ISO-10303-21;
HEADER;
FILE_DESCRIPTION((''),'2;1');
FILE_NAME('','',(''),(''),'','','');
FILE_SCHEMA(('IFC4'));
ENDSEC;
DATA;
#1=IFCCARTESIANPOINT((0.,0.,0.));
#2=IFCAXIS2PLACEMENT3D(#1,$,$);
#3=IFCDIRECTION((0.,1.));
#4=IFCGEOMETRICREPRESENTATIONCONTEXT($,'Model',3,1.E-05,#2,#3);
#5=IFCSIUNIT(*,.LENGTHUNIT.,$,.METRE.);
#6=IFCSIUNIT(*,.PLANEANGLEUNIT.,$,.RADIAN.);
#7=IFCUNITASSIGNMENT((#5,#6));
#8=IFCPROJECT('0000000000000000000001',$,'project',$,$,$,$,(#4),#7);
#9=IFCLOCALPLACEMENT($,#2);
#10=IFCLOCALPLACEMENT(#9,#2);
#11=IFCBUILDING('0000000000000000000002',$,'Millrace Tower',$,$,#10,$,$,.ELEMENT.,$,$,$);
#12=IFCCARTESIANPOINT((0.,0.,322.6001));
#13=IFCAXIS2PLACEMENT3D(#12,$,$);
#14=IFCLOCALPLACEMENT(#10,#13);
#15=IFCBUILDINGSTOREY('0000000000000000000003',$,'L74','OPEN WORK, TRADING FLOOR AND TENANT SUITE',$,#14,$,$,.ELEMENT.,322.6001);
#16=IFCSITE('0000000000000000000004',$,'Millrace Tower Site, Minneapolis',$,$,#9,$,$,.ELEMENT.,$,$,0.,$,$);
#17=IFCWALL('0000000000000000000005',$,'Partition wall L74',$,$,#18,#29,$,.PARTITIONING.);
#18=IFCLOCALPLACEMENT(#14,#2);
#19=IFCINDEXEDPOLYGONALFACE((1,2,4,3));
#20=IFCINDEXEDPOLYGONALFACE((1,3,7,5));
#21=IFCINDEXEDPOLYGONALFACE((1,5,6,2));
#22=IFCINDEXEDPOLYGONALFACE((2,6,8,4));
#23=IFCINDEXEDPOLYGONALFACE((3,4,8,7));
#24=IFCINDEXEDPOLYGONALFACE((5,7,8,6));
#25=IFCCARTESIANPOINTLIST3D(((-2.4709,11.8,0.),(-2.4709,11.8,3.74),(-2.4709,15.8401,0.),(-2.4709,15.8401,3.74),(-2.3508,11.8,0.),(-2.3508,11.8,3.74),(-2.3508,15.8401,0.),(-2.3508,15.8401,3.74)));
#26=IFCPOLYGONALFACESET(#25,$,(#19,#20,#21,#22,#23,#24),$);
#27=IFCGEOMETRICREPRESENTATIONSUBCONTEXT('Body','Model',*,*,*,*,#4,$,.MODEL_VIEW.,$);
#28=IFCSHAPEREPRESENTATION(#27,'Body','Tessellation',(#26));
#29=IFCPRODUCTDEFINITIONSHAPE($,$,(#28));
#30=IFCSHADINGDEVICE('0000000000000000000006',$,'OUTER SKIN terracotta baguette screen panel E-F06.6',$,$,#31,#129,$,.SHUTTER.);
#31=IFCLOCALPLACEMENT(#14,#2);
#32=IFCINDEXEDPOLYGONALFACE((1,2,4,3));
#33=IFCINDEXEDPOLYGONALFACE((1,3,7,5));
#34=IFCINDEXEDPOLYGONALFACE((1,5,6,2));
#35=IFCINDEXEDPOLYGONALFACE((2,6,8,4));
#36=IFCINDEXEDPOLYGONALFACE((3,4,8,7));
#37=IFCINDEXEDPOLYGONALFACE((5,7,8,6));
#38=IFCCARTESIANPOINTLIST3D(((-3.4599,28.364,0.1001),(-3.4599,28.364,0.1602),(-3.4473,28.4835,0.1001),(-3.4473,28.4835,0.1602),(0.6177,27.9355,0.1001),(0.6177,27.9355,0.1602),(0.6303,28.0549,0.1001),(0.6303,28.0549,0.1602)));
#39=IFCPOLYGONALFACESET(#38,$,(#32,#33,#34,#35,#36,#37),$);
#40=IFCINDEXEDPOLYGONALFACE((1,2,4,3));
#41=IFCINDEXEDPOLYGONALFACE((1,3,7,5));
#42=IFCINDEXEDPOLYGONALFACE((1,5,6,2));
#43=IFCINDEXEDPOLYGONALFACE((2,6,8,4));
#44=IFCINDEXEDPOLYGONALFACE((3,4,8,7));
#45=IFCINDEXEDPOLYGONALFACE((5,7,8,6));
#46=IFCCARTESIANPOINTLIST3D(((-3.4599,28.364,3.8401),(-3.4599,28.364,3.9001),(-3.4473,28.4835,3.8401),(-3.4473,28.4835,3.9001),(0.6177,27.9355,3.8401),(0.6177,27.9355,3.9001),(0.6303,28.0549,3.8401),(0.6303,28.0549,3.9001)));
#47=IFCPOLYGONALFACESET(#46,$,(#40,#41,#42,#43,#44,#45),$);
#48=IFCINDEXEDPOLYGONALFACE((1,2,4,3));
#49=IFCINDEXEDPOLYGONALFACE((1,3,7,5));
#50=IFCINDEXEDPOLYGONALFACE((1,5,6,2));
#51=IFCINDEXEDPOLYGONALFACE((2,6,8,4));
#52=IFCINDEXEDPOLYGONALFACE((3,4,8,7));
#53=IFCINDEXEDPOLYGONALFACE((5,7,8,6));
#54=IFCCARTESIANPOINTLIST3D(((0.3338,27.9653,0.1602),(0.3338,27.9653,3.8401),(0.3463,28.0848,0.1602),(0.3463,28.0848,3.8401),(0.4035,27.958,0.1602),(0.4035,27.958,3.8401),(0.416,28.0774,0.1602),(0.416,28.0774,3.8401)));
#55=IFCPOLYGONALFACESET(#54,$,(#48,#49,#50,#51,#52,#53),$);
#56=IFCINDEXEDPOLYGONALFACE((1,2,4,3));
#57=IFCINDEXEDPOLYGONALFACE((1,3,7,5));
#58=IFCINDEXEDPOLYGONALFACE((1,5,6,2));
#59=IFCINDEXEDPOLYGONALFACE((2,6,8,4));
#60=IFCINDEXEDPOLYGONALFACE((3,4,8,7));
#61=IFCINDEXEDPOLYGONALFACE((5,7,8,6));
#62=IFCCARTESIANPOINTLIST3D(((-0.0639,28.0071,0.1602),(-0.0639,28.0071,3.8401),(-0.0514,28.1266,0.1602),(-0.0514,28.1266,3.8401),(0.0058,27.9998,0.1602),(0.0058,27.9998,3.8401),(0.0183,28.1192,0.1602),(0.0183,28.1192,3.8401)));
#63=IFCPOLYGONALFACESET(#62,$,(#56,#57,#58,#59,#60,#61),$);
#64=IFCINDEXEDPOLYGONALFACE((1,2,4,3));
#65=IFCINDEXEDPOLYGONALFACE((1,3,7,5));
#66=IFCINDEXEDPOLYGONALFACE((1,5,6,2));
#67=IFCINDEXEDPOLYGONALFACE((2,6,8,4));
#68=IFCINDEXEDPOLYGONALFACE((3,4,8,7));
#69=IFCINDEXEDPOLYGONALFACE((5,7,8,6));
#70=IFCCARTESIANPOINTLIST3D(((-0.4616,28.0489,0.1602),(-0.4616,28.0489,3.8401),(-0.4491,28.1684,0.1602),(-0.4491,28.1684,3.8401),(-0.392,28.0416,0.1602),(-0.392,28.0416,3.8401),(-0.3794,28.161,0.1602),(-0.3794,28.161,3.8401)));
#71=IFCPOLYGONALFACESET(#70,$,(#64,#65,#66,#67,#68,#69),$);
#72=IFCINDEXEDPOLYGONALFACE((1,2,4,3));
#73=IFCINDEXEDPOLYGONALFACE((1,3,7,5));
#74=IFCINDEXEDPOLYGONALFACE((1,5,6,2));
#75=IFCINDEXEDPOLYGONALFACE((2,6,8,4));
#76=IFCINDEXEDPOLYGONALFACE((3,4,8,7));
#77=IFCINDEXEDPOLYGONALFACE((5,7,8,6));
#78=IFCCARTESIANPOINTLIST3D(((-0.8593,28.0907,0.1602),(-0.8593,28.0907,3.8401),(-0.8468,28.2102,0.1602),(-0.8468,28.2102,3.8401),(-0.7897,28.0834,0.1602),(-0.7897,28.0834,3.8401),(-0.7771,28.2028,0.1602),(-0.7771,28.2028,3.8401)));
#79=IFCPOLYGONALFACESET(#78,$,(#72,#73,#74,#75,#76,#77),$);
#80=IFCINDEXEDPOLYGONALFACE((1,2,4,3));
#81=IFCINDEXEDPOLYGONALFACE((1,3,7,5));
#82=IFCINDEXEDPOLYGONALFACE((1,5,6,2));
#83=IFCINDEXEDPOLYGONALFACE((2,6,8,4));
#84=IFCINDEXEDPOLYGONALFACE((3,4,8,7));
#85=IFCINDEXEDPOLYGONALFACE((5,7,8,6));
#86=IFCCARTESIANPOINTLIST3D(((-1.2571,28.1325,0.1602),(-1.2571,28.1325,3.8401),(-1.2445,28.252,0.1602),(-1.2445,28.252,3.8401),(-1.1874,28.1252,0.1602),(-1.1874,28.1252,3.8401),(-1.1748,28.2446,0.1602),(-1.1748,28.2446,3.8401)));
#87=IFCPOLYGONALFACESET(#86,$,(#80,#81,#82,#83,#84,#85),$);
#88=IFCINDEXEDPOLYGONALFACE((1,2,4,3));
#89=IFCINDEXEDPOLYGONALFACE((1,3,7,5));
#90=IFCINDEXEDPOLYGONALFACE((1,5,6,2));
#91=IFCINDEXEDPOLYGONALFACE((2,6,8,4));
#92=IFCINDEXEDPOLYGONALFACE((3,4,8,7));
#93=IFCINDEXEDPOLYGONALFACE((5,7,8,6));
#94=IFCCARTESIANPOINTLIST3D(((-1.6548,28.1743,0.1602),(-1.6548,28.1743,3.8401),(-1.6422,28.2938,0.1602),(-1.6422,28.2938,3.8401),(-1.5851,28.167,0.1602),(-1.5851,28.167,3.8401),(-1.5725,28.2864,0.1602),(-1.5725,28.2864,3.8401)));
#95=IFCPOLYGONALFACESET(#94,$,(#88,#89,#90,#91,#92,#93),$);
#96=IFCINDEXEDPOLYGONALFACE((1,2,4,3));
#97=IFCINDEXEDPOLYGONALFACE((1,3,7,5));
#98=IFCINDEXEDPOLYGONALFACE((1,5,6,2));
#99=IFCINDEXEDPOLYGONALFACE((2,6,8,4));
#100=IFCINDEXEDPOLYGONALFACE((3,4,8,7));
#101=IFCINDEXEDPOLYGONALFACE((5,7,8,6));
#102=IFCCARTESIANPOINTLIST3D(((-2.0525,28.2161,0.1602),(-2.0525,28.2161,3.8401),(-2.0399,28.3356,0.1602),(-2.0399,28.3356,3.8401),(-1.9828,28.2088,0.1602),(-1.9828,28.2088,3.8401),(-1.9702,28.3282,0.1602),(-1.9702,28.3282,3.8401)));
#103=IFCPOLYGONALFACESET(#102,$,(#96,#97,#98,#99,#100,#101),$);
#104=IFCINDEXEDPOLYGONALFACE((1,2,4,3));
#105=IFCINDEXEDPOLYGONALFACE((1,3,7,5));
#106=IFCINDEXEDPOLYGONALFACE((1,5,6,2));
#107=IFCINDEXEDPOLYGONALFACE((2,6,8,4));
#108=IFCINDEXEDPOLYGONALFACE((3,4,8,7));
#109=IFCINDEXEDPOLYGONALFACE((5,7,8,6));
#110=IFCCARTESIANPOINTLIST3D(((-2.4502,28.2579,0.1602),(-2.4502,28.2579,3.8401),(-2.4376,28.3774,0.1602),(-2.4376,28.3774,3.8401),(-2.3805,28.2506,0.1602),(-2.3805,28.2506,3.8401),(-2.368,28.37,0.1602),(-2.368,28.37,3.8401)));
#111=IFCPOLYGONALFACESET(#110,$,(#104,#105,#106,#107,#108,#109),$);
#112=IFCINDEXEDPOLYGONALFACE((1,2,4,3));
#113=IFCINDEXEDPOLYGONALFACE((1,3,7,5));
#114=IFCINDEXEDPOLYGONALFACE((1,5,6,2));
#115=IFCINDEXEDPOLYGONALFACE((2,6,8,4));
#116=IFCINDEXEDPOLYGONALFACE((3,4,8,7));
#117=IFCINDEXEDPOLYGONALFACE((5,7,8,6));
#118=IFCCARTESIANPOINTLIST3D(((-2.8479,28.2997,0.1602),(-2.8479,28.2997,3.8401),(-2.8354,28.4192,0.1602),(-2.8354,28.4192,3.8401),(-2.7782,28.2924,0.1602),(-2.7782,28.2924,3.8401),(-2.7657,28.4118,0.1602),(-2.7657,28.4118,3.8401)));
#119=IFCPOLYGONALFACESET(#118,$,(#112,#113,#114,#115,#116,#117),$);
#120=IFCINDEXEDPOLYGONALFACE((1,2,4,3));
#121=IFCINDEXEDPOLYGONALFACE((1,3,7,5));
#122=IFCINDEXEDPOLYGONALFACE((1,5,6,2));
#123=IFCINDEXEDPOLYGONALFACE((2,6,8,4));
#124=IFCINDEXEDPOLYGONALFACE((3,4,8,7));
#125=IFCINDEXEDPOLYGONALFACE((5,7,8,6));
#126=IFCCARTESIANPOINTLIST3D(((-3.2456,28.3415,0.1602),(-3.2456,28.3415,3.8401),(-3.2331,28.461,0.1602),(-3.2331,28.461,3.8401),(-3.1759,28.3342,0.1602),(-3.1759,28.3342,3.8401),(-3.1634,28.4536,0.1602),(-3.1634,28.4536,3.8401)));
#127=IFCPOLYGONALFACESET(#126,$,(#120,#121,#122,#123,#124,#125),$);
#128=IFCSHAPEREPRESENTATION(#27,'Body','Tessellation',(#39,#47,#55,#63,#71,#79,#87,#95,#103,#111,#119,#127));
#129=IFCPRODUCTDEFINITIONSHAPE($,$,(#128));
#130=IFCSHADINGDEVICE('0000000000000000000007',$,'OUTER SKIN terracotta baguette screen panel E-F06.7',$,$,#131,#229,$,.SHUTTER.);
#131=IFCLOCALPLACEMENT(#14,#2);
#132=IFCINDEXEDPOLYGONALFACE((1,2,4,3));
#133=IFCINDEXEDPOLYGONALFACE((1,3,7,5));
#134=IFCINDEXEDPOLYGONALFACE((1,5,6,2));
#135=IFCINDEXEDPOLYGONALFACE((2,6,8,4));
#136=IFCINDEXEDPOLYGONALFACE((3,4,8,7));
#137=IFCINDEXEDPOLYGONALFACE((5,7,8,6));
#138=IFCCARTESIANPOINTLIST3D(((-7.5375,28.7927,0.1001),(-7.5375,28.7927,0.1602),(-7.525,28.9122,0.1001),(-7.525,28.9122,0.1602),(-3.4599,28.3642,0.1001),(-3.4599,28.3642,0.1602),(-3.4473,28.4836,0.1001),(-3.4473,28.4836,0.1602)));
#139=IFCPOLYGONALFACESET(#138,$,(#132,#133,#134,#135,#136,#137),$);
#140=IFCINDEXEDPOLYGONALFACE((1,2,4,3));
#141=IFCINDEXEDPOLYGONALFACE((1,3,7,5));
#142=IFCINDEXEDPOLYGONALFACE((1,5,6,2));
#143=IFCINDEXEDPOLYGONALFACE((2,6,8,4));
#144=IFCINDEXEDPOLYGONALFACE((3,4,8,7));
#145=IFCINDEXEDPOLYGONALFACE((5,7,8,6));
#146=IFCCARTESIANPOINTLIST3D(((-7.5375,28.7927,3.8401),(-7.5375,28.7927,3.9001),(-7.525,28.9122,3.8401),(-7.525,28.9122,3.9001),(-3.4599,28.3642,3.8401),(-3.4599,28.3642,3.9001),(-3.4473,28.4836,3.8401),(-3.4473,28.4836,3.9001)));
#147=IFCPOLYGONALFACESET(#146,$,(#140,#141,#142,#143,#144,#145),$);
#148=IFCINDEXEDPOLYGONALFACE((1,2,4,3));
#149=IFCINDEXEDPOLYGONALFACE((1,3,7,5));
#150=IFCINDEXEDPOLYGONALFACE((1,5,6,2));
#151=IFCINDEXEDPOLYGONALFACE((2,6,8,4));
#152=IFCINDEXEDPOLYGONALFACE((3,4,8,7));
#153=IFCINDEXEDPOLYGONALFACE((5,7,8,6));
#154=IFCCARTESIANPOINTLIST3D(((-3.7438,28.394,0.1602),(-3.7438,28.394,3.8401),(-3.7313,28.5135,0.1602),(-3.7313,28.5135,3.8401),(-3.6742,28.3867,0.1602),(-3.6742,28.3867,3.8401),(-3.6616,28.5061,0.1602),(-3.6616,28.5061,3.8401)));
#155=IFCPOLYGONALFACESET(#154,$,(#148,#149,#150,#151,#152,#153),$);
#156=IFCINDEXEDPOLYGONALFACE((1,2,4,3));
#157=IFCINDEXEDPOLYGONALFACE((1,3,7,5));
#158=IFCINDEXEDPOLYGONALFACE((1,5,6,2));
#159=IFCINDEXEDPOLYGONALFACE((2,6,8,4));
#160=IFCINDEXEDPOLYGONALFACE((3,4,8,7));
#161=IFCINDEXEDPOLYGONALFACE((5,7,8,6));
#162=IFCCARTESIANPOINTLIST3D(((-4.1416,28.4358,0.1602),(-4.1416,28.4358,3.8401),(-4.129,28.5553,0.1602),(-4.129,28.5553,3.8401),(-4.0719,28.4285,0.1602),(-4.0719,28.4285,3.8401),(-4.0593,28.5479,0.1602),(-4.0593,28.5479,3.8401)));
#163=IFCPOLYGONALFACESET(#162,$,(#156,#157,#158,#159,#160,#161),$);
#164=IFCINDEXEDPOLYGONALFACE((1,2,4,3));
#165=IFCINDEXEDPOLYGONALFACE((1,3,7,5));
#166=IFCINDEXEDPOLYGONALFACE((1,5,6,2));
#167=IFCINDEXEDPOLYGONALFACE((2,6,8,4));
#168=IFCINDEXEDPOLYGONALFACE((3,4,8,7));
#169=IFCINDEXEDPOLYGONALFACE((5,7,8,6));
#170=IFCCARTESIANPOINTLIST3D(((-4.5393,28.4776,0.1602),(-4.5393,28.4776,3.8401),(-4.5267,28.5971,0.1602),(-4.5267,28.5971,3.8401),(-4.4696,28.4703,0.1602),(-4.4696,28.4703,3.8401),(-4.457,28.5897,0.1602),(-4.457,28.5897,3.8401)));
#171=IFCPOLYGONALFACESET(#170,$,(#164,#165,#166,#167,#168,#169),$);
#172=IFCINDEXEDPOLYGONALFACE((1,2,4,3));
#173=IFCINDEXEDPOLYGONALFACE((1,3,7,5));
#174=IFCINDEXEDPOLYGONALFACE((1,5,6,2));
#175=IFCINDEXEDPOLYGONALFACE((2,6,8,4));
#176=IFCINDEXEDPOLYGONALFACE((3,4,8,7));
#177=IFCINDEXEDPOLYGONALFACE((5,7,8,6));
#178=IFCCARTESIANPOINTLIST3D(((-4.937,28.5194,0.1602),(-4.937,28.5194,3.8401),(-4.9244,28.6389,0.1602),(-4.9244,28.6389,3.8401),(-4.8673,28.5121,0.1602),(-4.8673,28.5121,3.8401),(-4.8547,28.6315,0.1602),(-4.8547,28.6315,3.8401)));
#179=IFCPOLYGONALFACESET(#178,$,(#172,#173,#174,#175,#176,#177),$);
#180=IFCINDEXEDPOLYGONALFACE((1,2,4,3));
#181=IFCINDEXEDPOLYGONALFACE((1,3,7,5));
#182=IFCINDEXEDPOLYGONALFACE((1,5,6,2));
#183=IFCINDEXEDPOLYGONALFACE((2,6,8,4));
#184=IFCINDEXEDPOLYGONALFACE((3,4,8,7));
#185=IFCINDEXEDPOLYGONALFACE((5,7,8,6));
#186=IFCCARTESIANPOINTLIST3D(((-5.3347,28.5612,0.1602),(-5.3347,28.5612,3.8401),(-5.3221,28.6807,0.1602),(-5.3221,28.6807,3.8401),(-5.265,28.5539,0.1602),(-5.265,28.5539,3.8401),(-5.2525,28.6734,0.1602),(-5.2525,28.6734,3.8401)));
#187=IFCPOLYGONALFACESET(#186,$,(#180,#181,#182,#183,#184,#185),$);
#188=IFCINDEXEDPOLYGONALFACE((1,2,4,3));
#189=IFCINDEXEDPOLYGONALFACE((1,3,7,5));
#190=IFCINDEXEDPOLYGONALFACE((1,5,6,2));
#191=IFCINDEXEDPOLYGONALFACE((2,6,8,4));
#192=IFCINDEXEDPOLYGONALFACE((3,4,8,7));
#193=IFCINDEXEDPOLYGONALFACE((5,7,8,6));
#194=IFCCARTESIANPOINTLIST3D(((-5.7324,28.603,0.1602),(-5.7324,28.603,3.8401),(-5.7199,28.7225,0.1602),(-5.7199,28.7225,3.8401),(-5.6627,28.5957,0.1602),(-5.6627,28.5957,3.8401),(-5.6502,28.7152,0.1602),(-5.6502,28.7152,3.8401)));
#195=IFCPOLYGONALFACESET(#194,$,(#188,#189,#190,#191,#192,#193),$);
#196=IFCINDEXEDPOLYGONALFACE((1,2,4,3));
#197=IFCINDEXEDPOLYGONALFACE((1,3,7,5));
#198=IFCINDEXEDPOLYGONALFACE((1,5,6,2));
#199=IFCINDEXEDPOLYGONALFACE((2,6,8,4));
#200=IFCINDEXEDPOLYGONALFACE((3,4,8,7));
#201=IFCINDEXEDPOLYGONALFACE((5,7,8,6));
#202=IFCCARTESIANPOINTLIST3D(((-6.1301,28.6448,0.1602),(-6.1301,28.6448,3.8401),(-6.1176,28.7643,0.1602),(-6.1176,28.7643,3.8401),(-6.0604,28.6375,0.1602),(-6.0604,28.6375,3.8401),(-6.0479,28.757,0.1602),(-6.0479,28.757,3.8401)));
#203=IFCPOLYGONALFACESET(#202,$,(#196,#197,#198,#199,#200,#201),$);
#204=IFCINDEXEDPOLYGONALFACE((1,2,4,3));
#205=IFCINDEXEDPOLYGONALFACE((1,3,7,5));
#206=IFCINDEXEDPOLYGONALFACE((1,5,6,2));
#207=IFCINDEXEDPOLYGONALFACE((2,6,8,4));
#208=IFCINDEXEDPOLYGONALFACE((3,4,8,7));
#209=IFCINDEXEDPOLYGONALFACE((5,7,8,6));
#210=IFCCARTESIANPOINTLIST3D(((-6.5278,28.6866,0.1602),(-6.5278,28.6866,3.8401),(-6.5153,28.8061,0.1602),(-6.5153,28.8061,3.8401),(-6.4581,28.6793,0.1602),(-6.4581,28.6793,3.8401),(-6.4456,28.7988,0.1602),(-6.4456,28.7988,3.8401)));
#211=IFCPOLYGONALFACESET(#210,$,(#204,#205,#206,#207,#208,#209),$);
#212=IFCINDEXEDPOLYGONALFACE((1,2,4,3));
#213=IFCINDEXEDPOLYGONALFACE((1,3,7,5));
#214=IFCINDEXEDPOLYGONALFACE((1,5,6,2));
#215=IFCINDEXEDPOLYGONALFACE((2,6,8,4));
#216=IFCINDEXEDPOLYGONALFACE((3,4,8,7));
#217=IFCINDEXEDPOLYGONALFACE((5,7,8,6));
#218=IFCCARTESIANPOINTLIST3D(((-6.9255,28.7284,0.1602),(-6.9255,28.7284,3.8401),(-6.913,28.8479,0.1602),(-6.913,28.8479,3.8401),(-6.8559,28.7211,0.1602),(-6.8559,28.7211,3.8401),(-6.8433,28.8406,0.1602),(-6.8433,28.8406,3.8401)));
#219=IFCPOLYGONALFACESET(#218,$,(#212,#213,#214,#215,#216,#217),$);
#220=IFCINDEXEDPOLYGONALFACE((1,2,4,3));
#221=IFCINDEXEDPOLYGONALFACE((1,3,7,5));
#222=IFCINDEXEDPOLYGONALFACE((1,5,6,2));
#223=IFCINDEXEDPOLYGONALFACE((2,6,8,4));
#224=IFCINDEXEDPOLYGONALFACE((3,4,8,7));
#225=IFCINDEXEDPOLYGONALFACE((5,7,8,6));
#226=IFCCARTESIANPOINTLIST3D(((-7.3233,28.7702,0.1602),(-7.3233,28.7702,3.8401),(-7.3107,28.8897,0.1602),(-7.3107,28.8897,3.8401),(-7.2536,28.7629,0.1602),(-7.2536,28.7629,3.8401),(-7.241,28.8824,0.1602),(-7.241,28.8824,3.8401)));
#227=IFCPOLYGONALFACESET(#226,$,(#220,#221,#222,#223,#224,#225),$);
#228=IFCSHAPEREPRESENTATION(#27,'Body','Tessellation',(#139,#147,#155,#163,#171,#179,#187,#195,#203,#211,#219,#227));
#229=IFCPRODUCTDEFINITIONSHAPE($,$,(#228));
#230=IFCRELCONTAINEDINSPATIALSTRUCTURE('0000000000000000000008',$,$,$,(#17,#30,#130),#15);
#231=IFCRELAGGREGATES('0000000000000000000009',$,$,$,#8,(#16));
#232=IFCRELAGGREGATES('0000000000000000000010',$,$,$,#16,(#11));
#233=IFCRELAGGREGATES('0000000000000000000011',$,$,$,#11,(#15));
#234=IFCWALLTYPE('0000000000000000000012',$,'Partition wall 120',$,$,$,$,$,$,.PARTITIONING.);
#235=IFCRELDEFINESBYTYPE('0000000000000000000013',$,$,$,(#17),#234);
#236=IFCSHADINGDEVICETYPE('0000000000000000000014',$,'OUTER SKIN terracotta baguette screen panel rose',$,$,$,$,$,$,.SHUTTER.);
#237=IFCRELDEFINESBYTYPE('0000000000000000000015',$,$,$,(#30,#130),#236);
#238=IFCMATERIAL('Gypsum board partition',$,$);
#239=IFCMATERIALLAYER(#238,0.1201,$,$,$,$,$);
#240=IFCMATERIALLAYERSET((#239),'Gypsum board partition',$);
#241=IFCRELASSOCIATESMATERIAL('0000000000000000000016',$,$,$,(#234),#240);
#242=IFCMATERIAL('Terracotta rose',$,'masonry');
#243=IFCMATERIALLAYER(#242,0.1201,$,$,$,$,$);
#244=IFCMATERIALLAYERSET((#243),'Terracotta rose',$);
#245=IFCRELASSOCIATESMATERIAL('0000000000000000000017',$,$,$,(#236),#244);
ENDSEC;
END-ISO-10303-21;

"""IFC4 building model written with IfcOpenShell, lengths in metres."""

from ifc_helpers import new_model, entity, si_unit, direction, frame, frame_2d, origin, place, context, subcontext, project, spatial, rectangle, extrude, source, transform, mapped, material, layer, layer_set, type_object, element, save


model = new_model("IFC4")

# Units and contexts
model_context = context("Model", 3, precision=1e-05, world=origin(), true_north=direction((0.0, 1.0)))
body_context = subcontext(model_context, "Body", "Model", "MODEL_VIEW")
ifc_project = project(units=[si_unit("LENGTHUNIT", "METRE"), si_unit("PLANEANGLEUNIT", "RADIAN")], contexts=[model_context])

# Site, building, storey
site_placement = place(None, origin())
site = spatial("IfcSite", under=ifc_project, at=site_placement, Name="Millrace Tower Site, Minneapolis", CompositionType="ELEMENT", RefElevation=0.0)
building_placement = place(site_placement, origin())
building = spatial("IfcBuilding", under=site, at=building_placement, Name="Millrace Tower", CompositionType="ELEMENT")
storey_placement = place(building_placement, frame((0.0, 0.0, 322.6001)))
storey = spatial("IfcBuildingStorey", under=building, at=storey_placement, Name="L74", Description="OPEN WORK, TRADING FLOOR AND TENANT SUITE", CompositionType="ELEMENT", Elevation=322.6001)

# Wall
ifc_material_1 = material(Name="Gypsum board partition")
ifc_layer_1 = layer(ifc_material_1, 0.1201)
ifc_layer_set_1 = layer_set([ifc_layer_1], Name="Gypsum board partition")
wall_type_1 = type_object("IfcWallType", Name="Partition wall 120", PredefinedType="PARTITIONING", material=ifc_layer_set_1)
wall_1_placement = place(storey_placement, frame((-2.4109, 11.8, 0.0), z_axis=(0.0, 0.0, 1.0), x_axis=(0.0, 1.0, 0.0)))
element("IfcWall", 1, at=wall_1_placement, inside=storey, type_object=wall_type_1, Name="Partition wall L74", PredefinedType="PARTITIONING", context=body_context, shape_type="SweptSolid", body=[
    extrude(rectangle(XDim=4.04, YDim=0.1201, at=frame_2d((2.02, 0.0))), origin(), (0.0, 0.0, 1.0), 3.74),
])

# Shading devices
ifc_material_2 = material(Name="Terracotta rose", Category="masonry")
ifc_layer_2 = layer(ifc_material_2, 0.1201)
ifc_layer_set_2 = layer_set([ifc_layer_2], Name="Terracotta rose")
shading_device_type = type_object("IfcShadingDeviceType", Name="OUTER SKIN terracotta baguette screen panel rose", PredefinedType="SHUTTER", material=ifc_layer_set_2)
cartesian_point_1 = entity("IfcCartesianPoint", [-2.05, 0.0601])
shared_polyline_1 = entity("IfcPolyline", [cartesian_point_1, entity("IfcCartesianPoint", [2.05, 0.0601]), entity("IfcCartesianPoint", [2.05, -0.0601]), entity("IfcCartesianPoint", [-2.05, -0.0601]), cartesian_point_1])
shared_shape_1 = source(origin(), body_context, "Body", "SweptSolid", [
    entity("IfcExtrudedAreaSolid", entity("IfcArbitraryClosedProfileDef", "AREA", None, shared_polyline_1), entity("IfcAxis2Placement3D", entity("IfcCartesianPoint", [0.0, 0.0, 0.0])), entity("IfcDirection", [0.0, 0.0, 1.0]), 0.0601),
    entity("IfcExtrudedAreaSolid", entity("IfcArbitraryClosedProfileDef", "AREA", None, shared_polyline_1), entity("IfcAxis2Placement3D", entity("IfcCartesianPoint", [0.0, 0.0, 3.74])), entity("IfcDirection", [0.0, 0.0, 1.0]), 0.0601),
    extrude(rectangle(XDim=0.0701, YDim=0.1201, at=frame_2d((-1.7996, 0.0))), frame((0.0, 0.0, 0.0601)), (0.0, 0.0, 1.0), 3.6799),
    extrude(rectangle(XDim=0.0701, YDim=0.1201, at=frame_2d((-1.3997, 0.0))), frame((0.0, 0.0, 0.0601)), (0.0, 0.0, 1.0), 3.6799),
    extrude(rectangle(XDim=0.0701, YDim=0.1201, at=frame_2d((-0.9998, 0.0))), frame((0.0, 0.0, 0.0601)), (0.0, 0.0, 1.0), 3.6799),
    extrude(rectangle(XDim=0.0701, YDim=0.1201, at=frame_2d((-0.5999, 0.0))), frame((0.0, 0.0, 0.0601)), (0.0, 0.0, 1.0), 3.6799),
    extrude(rectangle(XDim=0.0701, YDim=0.1201, at=frame_2d((-0.2, 0.0))), frame((0.0, 0.0, 0.0601)), (0.0, 0.0, 1.0), 3.6799),
    extrude(rectangle(XDim=0.0701, YDim=0.1201, at=frame_2d((0.2, 0.0))), frame((0.0, 0.0, 0.0601)), (0.0, 0.0, 1.0), 3.6799),
    extrude(rectangle(XDim=0.0701, YDim=0.1201, at=frame_2d((0.5999, 0.0))), frame((0.0, 0.0, 0.0601)), (0.0, 0.0, 1.0), 3.6799),
    extrude(rectangle(XDim=0.0701, YDim=0.1201, at=frame_2d((0.9998, 0.0))), frame((0.0, 0.0, 0.0601)), (0.0, 0.0, 1.0), 3.6799),
    extrude(rectangle(XDim=0.0701, YDim=0.1201, at=frame_2d((1.3997, 0.0))), frame((0.0, 0.0, 0.0601)), (0.0, 0.0, 1.0), 3.6799),
    extrude(rectangle(XDim=0.0701, YDim=0.1201, at=frame_2d((1.7996, 0.0))), frame((0.0, 0.0, 0.0601)), (0.0, 0.0, 1.0), 3.6799),
])
for number, where, z_axis, x_axis, name in (
    (2, (-1.4148, 28.2095, 0.1001), (0.0, 0.0, 1.0), (-0.994522, 0.104528, 0.0), "OUTER SKIN terracotta baguette screen panel E-F06.6"),
    (3, (-5.4924, 28.6382, 0.1001), (0.0, 0.0, 1.0), (-0.994522, 0.104528, 0.0), "OUTER SKIN terracotta baguette screen panel E-F06.7"),
):
    element("IfcShadingDevice", number, at=place(storey_placement, frame(where, z_axis=z_axis, x_axis=x_axis)), inside=storey, type_object=shading_device_type, Name=name, PredefinedType="SHUTTER", context=body_context, shape_type="MappedRepresentation", body=[
        mapped(shared_shape_1, transform((0.0, 0.0, 0.0), scale=1.0)),
    ])

save(model, "model.ifc")
